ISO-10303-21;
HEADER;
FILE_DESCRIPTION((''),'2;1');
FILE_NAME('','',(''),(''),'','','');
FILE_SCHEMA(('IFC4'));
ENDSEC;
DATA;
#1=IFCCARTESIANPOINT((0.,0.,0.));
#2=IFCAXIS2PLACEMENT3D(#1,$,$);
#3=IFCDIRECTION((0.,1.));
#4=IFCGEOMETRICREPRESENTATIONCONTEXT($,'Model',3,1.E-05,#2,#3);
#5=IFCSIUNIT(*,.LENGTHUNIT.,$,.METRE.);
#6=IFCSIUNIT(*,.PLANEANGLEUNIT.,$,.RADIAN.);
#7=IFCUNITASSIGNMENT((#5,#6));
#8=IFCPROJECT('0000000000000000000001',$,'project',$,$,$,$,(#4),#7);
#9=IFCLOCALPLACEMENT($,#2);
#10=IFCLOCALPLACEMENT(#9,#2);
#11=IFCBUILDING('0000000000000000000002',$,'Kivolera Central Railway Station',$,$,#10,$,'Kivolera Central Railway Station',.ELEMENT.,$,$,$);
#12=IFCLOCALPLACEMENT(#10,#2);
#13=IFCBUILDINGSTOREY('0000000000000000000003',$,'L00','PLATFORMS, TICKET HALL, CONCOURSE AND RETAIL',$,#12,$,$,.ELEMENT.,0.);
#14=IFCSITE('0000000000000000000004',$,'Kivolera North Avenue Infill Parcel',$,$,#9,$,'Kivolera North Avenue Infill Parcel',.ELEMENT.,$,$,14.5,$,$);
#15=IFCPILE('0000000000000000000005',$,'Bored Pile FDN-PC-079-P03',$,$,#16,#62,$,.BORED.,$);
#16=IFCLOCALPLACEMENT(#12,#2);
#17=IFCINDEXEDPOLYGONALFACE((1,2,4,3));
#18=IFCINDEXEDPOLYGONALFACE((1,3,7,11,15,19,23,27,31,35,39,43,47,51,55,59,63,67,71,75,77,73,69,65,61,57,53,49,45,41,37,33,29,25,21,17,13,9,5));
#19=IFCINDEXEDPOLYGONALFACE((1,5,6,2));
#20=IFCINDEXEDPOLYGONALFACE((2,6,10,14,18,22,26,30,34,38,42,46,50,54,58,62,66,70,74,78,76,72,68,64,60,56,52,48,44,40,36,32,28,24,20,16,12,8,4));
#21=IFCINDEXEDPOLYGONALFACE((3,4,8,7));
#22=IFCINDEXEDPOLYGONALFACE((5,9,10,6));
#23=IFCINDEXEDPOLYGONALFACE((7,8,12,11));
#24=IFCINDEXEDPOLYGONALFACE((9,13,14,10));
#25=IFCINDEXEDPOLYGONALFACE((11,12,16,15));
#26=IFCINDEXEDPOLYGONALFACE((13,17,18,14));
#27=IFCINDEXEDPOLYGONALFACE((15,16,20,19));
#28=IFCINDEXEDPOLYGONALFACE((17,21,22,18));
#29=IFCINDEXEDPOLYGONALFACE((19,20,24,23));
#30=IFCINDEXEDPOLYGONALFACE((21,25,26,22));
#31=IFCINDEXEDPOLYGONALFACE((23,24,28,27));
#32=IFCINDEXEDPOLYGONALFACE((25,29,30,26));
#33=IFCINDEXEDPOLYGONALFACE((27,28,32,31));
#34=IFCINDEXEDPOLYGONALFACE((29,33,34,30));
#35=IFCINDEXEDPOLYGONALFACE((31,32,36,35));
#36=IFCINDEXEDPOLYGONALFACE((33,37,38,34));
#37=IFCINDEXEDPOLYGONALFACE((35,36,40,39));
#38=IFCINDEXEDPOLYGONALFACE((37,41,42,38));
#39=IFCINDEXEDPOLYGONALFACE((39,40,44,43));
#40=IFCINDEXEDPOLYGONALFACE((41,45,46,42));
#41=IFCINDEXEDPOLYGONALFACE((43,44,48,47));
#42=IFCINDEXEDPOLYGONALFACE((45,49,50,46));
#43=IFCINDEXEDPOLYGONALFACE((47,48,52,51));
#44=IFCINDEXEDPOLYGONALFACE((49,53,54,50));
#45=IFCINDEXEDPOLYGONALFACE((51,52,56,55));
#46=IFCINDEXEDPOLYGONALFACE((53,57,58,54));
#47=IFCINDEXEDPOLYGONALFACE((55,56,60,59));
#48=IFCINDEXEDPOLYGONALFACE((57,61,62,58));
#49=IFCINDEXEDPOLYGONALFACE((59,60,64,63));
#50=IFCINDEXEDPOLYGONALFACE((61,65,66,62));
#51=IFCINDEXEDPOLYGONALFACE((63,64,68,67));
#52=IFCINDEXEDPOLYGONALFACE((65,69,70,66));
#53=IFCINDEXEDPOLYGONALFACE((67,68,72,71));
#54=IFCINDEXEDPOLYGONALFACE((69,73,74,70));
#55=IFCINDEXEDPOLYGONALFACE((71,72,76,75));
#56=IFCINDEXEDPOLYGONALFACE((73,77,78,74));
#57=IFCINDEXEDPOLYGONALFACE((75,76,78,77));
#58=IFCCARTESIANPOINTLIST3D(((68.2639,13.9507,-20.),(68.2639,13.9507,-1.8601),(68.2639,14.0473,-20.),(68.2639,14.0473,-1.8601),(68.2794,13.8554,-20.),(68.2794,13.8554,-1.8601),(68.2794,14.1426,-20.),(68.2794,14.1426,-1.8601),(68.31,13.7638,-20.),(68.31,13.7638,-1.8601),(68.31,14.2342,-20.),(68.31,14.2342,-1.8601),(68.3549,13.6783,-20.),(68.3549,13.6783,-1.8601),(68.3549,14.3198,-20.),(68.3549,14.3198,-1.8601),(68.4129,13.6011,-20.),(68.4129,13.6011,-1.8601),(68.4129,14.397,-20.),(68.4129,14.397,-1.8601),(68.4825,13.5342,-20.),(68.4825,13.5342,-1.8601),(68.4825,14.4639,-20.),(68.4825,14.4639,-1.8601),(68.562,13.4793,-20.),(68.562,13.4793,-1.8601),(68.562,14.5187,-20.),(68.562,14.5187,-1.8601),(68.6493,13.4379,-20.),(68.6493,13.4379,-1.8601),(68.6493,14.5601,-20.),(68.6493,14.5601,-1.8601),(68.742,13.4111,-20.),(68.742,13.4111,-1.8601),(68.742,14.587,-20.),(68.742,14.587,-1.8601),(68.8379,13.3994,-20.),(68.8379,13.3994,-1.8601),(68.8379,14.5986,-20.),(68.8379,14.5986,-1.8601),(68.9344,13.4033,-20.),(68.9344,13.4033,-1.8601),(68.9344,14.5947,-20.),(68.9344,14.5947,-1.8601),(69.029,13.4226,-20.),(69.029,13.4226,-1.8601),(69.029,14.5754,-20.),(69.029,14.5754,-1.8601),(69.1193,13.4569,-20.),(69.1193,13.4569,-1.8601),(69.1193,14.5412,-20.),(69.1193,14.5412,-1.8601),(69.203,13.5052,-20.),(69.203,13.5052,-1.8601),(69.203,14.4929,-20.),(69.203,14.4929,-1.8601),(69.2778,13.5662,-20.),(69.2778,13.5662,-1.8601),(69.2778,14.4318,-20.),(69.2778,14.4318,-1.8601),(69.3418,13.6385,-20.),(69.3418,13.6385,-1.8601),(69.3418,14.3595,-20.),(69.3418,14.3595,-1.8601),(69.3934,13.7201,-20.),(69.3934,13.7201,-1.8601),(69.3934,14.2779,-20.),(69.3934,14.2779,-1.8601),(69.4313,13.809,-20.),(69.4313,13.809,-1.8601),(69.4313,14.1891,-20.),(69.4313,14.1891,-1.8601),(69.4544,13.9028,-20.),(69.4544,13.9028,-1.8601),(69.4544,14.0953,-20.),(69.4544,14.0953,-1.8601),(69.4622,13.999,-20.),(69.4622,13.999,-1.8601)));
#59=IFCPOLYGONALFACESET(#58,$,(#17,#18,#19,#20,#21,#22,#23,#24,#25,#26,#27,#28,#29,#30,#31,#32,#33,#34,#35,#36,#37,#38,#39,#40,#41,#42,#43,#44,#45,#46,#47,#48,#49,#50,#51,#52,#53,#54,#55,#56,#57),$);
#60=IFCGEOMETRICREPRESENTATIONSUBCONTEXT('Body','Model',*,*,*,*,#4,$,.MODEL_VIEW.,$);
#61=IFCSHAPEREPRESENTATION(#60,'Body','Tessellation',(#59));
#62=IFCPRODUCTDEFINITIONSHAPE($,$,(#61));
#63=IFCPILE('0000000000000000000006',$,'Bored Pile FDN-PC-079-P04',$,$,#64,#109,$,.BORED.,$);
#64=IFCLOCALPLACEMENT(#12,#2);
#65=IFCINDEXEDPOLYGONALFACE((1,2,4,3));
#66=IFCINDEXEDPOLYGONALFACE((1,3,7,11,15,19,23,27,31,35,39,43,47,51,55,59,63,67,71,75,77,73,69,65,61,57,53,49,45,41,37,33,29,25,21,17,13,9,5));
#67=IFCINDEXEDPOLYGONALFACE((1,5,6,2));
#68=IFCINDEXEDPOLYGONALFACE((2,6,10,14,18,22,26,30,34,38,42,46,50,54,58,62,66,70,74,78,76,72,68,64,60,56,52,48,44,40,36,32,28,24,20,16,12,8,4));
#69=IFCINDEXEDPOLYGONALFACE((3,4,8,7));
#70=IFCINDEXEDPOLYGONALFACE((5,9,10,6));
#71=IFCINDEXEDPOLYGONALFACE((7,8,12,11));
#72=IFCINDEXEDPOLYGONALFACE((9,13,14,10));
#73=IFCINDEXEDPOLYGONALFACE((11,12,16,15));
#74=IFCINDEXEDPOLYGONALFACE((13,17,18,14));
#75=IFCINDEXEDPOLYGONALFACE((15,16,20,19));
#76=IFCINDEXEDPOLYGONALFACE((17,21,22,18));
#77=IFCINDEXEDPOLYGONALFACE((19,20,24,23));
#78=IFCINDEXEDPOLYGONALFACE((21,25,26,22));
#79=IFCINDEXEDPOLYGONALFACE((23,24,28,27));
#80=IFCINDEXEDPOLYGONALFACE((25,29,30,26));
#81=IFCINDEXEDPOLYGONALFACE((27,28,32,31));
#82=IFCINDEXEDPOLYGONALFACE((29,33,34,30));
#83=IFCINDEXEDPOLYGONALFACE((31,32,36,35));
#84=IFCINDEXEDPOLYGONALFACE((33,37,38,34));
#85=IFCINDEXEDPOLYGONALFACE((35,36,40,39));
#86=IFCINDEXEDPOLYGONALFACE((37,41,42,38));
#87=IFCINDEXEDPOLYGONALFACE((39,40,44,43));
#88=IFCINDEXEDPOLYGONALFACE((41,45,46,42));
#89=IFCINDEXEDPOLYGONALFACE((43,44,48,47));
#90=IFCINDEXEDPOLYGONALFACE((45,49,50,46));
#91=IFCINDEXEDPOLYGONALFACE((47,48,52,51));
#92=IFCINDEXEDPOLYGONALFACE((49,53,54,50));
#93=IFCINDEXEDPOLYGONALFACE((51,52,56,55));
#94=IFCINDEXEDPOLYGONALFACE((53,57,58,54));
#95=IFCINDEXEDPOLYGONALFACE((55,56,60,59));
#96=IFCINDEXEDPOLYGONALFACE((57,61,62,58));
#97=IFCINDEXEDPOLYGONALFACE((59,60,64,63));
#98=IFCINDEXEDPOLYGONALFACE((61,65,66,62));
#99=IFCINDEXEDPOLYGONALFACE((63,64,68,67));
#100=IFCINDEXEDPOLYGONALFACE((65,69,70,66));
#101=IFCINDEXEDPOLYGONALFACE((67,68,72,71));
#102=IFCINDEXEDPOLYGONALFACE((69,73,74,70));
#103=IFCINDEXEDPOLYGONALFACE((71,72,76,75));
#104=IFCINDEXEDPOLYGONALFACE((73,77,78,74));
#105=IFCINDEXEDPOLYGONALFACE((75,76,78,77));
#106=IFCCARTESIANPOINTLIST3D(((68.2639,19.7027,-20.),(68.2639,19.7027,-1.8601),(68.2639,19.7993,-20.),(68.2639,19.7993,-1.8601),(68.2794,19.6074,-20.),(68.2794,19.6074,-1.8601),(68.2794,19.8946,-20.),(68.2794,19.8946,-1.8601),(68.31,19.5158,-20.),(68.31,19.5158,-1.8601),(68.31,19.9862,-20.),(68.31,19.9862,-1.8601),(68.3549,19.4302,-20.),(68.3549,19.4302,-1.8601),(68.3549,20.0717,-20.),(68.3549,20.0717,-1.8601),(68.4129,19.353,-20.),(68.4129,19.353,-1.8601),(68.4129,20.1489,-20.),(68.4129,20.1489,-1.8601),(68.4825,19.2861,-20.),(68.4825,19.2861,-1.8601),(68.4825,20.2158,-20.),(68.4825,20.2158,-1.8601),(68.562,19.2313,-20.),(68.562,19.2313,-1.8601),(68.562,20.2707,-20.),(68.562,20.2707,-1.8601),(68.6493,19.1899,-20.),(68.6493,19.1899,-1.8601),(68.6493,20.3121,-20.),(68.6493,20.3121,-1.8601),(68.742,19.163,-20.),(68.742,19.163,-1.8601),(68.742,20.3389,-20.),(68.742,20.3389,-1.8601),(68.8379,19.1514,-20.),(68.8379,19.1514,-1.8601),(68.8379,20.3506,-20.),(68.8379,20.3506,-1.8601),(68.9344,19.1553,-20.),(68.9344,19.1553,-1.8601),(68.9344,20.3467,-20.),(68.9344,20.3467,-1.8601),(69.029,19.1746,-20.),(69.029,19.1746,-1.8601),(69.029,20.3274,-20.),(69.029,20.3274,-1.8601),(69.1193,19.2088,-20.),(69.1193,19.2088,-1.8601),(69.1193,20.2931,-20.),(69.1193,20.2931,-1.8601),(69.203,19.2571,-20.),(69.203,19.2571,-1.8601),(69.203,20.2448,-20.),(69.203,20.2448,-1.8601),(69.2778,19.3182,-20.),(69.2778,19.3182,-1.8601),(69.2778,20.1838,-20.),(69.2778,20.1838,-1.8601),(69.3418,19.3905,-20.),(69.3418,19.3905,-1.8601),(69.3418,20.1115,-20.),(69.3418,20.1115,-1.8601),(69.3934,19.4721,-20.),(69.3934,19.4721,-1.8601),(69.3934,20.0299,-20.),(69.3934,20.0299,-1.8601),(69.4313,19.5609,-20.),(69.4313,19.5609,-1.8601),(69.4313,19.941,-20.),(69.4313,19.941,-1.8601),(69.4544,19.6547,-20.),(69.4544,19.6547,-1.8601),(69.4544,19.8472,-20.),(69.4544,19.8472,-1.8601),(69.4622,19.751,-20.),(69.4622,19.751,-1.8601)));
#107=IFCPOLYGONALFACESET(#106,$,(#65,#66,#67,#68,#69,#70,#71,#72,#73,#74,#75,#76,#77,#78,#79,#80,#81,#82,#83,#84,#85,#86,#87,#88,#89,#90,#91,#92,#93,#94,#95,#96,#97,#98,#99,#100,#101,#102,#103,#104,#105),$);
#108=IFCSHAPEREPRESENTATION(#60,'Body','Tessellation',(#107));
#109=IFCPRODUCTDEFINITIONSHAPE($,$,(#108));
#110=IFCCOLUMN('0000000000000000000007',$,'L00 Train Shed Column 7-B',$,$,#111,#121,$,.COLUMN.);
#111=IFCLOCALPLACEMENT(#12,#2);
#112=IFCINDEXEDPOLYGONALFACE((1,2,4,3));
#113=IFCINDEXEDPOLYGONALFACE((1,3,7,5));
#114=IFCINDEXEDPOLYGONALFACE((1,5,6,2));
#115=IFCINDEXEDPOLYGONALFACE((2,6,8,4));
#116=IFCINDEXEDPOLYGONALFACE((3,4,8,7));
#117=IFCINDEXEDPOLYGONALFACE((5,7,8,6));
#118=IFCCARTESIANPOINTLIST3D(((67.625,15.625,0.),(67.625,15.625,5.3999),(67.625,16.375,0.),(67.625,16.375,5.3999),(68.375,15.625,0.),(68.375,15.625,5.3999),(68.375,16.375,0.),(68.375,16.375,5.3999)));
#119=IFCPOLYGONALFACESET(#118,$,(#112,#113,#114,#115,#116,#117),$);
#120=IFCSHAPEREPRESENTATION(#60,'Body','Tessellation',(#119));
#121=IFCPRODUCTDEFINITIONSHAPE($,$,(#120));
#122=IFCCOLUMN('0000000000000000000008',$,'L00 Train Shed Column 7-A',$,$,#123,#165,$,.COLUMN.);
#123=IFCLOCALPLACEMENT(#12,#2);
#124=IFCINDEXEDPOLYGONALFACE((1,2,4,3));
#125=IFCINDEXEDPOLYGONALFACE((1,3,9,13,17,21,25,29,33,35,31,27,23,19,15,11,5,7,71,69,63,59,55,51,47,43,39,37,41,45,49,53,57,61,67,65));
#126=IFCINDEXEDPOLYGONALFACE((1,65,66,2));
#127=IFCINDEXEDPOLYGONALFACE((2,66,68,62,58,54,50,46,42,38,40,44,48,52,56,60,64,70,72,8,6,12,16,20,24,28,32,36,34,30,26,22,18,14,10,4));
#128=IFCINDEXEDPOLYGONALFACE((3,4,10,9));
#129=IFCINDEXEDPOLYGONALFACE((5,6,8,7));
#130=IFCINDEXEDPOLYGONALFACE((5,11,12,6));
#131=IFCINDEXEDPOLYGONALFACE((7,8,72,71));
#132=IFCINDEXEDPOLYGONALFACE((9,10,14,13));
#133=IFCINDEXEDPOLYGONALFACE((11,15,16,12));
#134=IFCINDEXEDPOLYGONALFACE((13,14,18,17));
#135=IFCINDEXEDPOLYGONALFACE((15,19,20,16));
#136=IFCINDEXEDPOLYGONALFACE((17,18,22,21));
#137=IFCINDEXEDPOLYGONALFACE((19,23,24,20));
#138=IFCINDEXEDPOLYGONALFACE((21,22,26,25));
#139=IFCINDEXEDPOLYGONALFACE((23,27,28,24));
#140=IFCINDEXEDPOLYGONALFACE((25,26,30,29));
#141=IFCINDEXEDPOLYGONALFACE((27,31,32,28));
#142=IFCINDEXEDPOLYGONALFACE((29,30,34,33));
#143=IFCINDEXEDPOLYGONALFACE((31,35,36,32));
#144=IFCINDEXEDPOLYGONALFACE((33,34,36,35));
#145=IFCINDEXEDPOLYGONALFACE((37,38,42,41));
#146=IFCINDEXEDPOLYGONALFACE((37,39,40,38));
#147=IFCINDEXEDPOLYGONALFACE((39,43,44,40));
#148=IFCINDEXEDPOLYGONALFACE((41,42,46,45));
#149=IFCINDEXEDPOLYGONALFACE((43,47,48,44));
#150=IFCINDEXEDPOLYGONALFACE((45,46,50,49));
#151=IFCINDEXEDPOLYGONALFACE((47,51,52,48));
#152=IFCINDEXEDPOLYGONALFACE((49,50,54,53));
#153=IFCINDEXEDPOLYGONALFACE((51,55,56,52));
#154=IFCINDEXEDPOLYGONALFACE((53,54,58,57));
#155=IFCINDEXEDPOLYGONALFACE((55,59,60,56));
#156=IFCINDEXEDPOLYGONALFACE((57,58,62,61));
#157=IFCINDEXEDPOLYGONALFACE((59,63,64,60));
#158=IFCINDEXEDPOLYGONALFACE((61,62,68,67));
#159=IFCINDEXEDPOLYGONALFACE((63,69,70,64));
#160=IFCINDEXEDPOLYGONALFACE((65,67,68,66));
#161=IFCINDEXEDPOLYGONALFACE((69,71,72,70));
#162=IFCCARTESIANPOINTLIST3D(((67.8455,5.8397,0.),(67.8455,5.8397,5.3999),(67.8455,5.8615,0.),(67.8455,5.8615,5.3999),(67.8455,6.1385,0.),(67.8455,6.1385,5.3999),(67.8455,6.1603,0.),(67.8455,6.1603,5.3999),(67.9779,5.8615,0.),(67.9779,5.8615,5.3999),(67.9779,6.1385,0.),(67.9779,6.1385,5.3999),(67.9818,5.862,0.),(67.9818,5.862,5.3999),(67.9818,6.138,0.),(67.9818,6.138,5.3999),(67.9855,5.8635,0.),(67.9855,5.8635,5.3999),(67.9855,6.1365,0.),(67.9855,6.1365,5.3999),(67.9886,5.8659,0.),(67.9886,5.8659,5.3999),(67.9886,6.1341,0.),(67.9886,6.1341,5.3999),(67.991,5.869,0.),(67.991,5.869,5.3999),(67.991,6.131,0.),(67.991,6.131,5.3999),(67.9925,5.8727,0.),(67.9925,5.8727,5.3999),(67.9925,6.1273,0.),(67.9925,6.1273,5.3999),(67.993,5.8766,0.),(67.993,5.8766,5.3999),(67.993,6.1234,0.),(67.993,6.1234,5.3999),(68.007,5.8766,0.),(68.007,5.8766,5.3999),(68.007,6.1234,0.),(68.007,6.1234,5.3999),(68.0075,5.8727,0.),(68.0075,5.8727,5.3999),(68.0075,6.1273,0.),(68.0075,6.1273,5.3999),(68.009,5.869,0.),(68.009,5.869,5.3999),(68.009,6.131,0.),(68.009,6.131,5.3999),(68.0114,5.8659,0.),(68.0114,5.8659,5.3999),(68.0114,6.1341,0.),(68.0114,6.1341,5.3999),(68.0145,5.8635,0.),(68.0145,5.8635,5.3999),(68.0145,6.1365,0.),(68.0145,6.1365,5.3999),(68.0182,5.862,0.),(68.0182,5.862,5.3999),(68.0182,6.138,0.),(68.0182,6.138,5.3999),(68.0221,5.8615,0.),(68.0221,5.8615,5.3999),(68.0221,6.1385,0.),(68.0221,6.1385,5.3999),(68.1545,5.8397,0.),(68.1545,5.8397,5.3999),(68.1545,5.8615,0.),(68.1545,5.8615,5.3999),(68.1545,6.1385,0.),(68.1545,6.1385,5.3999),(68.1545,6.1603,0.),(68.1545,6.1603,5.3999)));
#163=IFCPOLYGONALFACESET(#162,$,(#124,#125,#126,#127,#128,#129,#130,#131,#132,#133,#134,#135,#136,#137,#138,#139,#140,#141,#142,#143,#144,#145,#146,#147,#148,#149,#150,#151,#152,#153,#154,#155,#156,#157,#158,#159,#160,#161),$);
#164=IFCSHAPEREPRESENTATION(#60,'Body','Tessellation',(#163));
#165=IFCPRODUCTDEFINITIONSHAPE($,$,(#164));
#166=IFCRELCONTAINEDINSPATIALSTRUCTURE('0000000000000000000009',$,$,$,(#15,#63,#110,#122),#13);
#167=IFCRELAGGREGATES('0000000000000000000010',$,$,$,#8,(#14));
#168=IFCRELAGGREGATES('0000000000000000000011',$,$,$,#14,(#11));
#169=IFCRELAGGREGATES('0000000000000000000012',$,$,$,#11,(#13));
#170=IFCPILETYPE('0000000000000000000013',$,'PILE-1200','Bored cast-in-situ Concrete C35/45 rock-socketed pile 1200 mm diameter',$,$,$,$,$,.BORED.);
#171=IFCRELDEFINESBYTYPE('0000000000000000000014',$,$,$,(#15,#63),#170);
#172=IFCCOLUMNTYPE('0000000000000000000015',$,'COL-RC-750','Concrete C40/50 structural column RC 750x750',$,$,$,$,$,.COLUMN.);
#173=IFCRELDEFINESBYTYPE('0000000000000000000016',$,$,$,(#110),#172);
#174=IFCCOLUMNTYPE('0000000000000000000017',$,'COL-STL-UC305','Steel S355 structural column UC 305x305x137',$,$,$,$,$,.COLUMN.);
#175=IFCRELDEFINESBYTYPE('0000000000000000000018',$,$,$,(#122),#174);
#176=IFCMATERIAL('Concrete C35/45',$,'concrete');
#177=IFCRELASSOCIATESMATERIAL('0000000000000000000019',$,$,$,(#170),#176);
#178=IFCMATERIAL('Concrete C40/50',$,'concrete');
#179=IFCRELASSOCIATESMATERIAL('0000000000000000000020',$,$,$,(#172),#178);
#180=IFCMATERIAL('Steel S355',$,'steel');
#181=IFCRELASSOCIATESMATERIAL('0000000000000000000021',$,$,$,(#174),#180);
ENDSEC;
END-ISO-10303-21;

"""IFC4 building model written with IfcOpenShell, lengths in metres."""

from ifc_helpers import new_model, si_unit, direction, frame, origin, origin_2d, place, context, subcontext, project, spatial, rectangle, circle, i_section, extrude, material, material_profile, profile_set, type_object, element, save


model = new_model("IFC4")

# Units and contexts
model_context = context("Model", 3, precision=1e-05, world=origin(), true_north=direction((0.0, 1.0)))
body_context = subcontext(model_context, "Body", "Model", "MODEL_VIEW")
ifc_project = project(units=[si_unit("LENGTHUNIT", "METRE"), si_unit("PLANEANGLEUNIT", "RADIAN")], contexts=[model_context])

# Site, building, storey
site_placement = place(None, origin())
site = spatial("IfcSite", under=ifc_project, at=site_placement, Name="Kivolera North Avenue Infill Parcel", LongName="Kivolera North Avenue Infill Parcel", CompositionType="ELEMENT", RefElevation=14.5)
building_placement = place(site_placement, origin())
building = spatial("IfcBuilding", under=site, at=building_placement, Name="Kivolera Central Railway Station", LongName="Kivolera Central Railway Station", CompositionType="ELEMENT")
storey_placement = place(building_placement, origin())
storey = spatial("IfcBuildingStorey", under=building, at=storey_placement, Name="L00", Description="PLATFORMS, TICKET HALL, CONCOURSE AND RETAIL", CompositionType="ELEMENT", Elevation=0.0)

# Shared definitions
ifc_material_1 = material(Name="Concrete C35/45", Category="concrete")

# Piles
ifc_material_profile_1 = material_profile(ifc_material_1, circle(Radius=0.6001, at=origin_2d()), Name="PILE D1200")
ifc_profile_set_1 = profile_set([ifc_material_profile_1], Name="Concrete C35/45")
pile_type_1 = type_object("IfcPileType", Name="PILE-1200", Description="Bored cast-in-situ Concrete C35/45 rock-socketed pile 1200 mm diameter", PredefinedType="BORED", material=ifc_profile_set_1)
for number, where, z_axis, x_axis, name in (
    (1, (68.8621, 13.999, -1.8601), (0.0, 0.0, -1.0), (1.0, 0.0, 0.0), "Bored Pile FDN-PC-079-P03"),
    (2, (68.8621, 19.751, -1.8601), (0.0, 0.0, -1.0), (1.0, 0.0, 0.0), "Bored Pile FDN-PC-079-P04"),
):
    element("IfcPile", number, at=place(storey_placement, frame(where, z_axis=z_axis, x_axis=x_axis)), inside=storey, type_object=pile_type_1, Name=name, PredefinedType="BORED", context=body_context, shape_type="SweptSolid", body=[
        extrude(circle(Radius=0.6001, at=origin_2d()), origin(), (0.0, 0.0, 1.0), 18.1399),
    ])

# Columns
ifc_material_2 = material(Name="Concrete C40/50", Category="concrete")
ifc_material_profile_2 = material_profile(ifc_material_2, rectangle(XDim=0.75, YDim=0.75, at=origin_2d()), Name="RC 750x750")
ifc_profile_set_2 = profile_set([ifc_material_profile_2], Name="Concrete C40/50")
column_type_1 = type_object("IfcColumnType", Name="COL-RC-750", Description="Concrete C40/50 structural column RC 750x750", PredefinedType="COLUMN", material=ifc_profile_set_2)
column_1_placement = place(storey_placement, frame((68.0, 16.0, 0.0), z_axis=(0.0, 0.0, 1.0), x_axis=(1.0, 0.0, 0.0)))
element("IfcColumn", 3, at=column_1_placement, inside=storey, type_object=column_type_1, Name="L00 Train Shed Column 7-B", PredefinedType="COLUMN", context=body_context, shape_type="SweptSolid", body=[
    extrude(rectangle(XDim=0.75, YDim=0.75, at=origin_2d()), origin(), (0.0, 0.0, 1.0), 5.3999),
])
ifc_material_3 = material(Name="Steel S355", Category="steel")
ifc_material_profile_3 = material_profile(ifc_material_3, i_section(OverallWidth=0.3091, OverallDepth=0.3206, WebThickness=0.0139, FlangeThickness=0.0217, FilletRadius=0.0151, at=origin_2d()), Name="UC 305x305x137")
ifc_profile_set_3 = profile_set([ifc_material_profile_3], Name="Steel S355")
column_type_2 = type_object("IfcColumnType", Name="COL-STL-UC305", Description="Steel S355 structural column UC 305x305x137", PredefinedType="COLUMN", material=ifc_profile_set_3)
column_2_placement = place(storey_placement, frame((68.0, 6.0, 0.0), z_axis=(0.0, 0.0, 1.0), x_axis=(1.0, 0.0, 0.0)))
element("IfcColumn", 4, at=column_2_placement, inside=storey, type_object=column_type_2, Name="L00 Train Shed Column 7-A", PredefinedType="COLUMN", context=body_context, shape_type="SweptSolid", body=[
    extrude(i_section(OverallWidth=0.3091, OverallDepth=0.3206, WebThickness=0.0139, FlangeThickness=0.0217, FilletRadius=0.0151, at=origin_2d()), origin(), (0.0, 0.0, 1.0), 5.3999),
])

save(model, "model.ifc")
